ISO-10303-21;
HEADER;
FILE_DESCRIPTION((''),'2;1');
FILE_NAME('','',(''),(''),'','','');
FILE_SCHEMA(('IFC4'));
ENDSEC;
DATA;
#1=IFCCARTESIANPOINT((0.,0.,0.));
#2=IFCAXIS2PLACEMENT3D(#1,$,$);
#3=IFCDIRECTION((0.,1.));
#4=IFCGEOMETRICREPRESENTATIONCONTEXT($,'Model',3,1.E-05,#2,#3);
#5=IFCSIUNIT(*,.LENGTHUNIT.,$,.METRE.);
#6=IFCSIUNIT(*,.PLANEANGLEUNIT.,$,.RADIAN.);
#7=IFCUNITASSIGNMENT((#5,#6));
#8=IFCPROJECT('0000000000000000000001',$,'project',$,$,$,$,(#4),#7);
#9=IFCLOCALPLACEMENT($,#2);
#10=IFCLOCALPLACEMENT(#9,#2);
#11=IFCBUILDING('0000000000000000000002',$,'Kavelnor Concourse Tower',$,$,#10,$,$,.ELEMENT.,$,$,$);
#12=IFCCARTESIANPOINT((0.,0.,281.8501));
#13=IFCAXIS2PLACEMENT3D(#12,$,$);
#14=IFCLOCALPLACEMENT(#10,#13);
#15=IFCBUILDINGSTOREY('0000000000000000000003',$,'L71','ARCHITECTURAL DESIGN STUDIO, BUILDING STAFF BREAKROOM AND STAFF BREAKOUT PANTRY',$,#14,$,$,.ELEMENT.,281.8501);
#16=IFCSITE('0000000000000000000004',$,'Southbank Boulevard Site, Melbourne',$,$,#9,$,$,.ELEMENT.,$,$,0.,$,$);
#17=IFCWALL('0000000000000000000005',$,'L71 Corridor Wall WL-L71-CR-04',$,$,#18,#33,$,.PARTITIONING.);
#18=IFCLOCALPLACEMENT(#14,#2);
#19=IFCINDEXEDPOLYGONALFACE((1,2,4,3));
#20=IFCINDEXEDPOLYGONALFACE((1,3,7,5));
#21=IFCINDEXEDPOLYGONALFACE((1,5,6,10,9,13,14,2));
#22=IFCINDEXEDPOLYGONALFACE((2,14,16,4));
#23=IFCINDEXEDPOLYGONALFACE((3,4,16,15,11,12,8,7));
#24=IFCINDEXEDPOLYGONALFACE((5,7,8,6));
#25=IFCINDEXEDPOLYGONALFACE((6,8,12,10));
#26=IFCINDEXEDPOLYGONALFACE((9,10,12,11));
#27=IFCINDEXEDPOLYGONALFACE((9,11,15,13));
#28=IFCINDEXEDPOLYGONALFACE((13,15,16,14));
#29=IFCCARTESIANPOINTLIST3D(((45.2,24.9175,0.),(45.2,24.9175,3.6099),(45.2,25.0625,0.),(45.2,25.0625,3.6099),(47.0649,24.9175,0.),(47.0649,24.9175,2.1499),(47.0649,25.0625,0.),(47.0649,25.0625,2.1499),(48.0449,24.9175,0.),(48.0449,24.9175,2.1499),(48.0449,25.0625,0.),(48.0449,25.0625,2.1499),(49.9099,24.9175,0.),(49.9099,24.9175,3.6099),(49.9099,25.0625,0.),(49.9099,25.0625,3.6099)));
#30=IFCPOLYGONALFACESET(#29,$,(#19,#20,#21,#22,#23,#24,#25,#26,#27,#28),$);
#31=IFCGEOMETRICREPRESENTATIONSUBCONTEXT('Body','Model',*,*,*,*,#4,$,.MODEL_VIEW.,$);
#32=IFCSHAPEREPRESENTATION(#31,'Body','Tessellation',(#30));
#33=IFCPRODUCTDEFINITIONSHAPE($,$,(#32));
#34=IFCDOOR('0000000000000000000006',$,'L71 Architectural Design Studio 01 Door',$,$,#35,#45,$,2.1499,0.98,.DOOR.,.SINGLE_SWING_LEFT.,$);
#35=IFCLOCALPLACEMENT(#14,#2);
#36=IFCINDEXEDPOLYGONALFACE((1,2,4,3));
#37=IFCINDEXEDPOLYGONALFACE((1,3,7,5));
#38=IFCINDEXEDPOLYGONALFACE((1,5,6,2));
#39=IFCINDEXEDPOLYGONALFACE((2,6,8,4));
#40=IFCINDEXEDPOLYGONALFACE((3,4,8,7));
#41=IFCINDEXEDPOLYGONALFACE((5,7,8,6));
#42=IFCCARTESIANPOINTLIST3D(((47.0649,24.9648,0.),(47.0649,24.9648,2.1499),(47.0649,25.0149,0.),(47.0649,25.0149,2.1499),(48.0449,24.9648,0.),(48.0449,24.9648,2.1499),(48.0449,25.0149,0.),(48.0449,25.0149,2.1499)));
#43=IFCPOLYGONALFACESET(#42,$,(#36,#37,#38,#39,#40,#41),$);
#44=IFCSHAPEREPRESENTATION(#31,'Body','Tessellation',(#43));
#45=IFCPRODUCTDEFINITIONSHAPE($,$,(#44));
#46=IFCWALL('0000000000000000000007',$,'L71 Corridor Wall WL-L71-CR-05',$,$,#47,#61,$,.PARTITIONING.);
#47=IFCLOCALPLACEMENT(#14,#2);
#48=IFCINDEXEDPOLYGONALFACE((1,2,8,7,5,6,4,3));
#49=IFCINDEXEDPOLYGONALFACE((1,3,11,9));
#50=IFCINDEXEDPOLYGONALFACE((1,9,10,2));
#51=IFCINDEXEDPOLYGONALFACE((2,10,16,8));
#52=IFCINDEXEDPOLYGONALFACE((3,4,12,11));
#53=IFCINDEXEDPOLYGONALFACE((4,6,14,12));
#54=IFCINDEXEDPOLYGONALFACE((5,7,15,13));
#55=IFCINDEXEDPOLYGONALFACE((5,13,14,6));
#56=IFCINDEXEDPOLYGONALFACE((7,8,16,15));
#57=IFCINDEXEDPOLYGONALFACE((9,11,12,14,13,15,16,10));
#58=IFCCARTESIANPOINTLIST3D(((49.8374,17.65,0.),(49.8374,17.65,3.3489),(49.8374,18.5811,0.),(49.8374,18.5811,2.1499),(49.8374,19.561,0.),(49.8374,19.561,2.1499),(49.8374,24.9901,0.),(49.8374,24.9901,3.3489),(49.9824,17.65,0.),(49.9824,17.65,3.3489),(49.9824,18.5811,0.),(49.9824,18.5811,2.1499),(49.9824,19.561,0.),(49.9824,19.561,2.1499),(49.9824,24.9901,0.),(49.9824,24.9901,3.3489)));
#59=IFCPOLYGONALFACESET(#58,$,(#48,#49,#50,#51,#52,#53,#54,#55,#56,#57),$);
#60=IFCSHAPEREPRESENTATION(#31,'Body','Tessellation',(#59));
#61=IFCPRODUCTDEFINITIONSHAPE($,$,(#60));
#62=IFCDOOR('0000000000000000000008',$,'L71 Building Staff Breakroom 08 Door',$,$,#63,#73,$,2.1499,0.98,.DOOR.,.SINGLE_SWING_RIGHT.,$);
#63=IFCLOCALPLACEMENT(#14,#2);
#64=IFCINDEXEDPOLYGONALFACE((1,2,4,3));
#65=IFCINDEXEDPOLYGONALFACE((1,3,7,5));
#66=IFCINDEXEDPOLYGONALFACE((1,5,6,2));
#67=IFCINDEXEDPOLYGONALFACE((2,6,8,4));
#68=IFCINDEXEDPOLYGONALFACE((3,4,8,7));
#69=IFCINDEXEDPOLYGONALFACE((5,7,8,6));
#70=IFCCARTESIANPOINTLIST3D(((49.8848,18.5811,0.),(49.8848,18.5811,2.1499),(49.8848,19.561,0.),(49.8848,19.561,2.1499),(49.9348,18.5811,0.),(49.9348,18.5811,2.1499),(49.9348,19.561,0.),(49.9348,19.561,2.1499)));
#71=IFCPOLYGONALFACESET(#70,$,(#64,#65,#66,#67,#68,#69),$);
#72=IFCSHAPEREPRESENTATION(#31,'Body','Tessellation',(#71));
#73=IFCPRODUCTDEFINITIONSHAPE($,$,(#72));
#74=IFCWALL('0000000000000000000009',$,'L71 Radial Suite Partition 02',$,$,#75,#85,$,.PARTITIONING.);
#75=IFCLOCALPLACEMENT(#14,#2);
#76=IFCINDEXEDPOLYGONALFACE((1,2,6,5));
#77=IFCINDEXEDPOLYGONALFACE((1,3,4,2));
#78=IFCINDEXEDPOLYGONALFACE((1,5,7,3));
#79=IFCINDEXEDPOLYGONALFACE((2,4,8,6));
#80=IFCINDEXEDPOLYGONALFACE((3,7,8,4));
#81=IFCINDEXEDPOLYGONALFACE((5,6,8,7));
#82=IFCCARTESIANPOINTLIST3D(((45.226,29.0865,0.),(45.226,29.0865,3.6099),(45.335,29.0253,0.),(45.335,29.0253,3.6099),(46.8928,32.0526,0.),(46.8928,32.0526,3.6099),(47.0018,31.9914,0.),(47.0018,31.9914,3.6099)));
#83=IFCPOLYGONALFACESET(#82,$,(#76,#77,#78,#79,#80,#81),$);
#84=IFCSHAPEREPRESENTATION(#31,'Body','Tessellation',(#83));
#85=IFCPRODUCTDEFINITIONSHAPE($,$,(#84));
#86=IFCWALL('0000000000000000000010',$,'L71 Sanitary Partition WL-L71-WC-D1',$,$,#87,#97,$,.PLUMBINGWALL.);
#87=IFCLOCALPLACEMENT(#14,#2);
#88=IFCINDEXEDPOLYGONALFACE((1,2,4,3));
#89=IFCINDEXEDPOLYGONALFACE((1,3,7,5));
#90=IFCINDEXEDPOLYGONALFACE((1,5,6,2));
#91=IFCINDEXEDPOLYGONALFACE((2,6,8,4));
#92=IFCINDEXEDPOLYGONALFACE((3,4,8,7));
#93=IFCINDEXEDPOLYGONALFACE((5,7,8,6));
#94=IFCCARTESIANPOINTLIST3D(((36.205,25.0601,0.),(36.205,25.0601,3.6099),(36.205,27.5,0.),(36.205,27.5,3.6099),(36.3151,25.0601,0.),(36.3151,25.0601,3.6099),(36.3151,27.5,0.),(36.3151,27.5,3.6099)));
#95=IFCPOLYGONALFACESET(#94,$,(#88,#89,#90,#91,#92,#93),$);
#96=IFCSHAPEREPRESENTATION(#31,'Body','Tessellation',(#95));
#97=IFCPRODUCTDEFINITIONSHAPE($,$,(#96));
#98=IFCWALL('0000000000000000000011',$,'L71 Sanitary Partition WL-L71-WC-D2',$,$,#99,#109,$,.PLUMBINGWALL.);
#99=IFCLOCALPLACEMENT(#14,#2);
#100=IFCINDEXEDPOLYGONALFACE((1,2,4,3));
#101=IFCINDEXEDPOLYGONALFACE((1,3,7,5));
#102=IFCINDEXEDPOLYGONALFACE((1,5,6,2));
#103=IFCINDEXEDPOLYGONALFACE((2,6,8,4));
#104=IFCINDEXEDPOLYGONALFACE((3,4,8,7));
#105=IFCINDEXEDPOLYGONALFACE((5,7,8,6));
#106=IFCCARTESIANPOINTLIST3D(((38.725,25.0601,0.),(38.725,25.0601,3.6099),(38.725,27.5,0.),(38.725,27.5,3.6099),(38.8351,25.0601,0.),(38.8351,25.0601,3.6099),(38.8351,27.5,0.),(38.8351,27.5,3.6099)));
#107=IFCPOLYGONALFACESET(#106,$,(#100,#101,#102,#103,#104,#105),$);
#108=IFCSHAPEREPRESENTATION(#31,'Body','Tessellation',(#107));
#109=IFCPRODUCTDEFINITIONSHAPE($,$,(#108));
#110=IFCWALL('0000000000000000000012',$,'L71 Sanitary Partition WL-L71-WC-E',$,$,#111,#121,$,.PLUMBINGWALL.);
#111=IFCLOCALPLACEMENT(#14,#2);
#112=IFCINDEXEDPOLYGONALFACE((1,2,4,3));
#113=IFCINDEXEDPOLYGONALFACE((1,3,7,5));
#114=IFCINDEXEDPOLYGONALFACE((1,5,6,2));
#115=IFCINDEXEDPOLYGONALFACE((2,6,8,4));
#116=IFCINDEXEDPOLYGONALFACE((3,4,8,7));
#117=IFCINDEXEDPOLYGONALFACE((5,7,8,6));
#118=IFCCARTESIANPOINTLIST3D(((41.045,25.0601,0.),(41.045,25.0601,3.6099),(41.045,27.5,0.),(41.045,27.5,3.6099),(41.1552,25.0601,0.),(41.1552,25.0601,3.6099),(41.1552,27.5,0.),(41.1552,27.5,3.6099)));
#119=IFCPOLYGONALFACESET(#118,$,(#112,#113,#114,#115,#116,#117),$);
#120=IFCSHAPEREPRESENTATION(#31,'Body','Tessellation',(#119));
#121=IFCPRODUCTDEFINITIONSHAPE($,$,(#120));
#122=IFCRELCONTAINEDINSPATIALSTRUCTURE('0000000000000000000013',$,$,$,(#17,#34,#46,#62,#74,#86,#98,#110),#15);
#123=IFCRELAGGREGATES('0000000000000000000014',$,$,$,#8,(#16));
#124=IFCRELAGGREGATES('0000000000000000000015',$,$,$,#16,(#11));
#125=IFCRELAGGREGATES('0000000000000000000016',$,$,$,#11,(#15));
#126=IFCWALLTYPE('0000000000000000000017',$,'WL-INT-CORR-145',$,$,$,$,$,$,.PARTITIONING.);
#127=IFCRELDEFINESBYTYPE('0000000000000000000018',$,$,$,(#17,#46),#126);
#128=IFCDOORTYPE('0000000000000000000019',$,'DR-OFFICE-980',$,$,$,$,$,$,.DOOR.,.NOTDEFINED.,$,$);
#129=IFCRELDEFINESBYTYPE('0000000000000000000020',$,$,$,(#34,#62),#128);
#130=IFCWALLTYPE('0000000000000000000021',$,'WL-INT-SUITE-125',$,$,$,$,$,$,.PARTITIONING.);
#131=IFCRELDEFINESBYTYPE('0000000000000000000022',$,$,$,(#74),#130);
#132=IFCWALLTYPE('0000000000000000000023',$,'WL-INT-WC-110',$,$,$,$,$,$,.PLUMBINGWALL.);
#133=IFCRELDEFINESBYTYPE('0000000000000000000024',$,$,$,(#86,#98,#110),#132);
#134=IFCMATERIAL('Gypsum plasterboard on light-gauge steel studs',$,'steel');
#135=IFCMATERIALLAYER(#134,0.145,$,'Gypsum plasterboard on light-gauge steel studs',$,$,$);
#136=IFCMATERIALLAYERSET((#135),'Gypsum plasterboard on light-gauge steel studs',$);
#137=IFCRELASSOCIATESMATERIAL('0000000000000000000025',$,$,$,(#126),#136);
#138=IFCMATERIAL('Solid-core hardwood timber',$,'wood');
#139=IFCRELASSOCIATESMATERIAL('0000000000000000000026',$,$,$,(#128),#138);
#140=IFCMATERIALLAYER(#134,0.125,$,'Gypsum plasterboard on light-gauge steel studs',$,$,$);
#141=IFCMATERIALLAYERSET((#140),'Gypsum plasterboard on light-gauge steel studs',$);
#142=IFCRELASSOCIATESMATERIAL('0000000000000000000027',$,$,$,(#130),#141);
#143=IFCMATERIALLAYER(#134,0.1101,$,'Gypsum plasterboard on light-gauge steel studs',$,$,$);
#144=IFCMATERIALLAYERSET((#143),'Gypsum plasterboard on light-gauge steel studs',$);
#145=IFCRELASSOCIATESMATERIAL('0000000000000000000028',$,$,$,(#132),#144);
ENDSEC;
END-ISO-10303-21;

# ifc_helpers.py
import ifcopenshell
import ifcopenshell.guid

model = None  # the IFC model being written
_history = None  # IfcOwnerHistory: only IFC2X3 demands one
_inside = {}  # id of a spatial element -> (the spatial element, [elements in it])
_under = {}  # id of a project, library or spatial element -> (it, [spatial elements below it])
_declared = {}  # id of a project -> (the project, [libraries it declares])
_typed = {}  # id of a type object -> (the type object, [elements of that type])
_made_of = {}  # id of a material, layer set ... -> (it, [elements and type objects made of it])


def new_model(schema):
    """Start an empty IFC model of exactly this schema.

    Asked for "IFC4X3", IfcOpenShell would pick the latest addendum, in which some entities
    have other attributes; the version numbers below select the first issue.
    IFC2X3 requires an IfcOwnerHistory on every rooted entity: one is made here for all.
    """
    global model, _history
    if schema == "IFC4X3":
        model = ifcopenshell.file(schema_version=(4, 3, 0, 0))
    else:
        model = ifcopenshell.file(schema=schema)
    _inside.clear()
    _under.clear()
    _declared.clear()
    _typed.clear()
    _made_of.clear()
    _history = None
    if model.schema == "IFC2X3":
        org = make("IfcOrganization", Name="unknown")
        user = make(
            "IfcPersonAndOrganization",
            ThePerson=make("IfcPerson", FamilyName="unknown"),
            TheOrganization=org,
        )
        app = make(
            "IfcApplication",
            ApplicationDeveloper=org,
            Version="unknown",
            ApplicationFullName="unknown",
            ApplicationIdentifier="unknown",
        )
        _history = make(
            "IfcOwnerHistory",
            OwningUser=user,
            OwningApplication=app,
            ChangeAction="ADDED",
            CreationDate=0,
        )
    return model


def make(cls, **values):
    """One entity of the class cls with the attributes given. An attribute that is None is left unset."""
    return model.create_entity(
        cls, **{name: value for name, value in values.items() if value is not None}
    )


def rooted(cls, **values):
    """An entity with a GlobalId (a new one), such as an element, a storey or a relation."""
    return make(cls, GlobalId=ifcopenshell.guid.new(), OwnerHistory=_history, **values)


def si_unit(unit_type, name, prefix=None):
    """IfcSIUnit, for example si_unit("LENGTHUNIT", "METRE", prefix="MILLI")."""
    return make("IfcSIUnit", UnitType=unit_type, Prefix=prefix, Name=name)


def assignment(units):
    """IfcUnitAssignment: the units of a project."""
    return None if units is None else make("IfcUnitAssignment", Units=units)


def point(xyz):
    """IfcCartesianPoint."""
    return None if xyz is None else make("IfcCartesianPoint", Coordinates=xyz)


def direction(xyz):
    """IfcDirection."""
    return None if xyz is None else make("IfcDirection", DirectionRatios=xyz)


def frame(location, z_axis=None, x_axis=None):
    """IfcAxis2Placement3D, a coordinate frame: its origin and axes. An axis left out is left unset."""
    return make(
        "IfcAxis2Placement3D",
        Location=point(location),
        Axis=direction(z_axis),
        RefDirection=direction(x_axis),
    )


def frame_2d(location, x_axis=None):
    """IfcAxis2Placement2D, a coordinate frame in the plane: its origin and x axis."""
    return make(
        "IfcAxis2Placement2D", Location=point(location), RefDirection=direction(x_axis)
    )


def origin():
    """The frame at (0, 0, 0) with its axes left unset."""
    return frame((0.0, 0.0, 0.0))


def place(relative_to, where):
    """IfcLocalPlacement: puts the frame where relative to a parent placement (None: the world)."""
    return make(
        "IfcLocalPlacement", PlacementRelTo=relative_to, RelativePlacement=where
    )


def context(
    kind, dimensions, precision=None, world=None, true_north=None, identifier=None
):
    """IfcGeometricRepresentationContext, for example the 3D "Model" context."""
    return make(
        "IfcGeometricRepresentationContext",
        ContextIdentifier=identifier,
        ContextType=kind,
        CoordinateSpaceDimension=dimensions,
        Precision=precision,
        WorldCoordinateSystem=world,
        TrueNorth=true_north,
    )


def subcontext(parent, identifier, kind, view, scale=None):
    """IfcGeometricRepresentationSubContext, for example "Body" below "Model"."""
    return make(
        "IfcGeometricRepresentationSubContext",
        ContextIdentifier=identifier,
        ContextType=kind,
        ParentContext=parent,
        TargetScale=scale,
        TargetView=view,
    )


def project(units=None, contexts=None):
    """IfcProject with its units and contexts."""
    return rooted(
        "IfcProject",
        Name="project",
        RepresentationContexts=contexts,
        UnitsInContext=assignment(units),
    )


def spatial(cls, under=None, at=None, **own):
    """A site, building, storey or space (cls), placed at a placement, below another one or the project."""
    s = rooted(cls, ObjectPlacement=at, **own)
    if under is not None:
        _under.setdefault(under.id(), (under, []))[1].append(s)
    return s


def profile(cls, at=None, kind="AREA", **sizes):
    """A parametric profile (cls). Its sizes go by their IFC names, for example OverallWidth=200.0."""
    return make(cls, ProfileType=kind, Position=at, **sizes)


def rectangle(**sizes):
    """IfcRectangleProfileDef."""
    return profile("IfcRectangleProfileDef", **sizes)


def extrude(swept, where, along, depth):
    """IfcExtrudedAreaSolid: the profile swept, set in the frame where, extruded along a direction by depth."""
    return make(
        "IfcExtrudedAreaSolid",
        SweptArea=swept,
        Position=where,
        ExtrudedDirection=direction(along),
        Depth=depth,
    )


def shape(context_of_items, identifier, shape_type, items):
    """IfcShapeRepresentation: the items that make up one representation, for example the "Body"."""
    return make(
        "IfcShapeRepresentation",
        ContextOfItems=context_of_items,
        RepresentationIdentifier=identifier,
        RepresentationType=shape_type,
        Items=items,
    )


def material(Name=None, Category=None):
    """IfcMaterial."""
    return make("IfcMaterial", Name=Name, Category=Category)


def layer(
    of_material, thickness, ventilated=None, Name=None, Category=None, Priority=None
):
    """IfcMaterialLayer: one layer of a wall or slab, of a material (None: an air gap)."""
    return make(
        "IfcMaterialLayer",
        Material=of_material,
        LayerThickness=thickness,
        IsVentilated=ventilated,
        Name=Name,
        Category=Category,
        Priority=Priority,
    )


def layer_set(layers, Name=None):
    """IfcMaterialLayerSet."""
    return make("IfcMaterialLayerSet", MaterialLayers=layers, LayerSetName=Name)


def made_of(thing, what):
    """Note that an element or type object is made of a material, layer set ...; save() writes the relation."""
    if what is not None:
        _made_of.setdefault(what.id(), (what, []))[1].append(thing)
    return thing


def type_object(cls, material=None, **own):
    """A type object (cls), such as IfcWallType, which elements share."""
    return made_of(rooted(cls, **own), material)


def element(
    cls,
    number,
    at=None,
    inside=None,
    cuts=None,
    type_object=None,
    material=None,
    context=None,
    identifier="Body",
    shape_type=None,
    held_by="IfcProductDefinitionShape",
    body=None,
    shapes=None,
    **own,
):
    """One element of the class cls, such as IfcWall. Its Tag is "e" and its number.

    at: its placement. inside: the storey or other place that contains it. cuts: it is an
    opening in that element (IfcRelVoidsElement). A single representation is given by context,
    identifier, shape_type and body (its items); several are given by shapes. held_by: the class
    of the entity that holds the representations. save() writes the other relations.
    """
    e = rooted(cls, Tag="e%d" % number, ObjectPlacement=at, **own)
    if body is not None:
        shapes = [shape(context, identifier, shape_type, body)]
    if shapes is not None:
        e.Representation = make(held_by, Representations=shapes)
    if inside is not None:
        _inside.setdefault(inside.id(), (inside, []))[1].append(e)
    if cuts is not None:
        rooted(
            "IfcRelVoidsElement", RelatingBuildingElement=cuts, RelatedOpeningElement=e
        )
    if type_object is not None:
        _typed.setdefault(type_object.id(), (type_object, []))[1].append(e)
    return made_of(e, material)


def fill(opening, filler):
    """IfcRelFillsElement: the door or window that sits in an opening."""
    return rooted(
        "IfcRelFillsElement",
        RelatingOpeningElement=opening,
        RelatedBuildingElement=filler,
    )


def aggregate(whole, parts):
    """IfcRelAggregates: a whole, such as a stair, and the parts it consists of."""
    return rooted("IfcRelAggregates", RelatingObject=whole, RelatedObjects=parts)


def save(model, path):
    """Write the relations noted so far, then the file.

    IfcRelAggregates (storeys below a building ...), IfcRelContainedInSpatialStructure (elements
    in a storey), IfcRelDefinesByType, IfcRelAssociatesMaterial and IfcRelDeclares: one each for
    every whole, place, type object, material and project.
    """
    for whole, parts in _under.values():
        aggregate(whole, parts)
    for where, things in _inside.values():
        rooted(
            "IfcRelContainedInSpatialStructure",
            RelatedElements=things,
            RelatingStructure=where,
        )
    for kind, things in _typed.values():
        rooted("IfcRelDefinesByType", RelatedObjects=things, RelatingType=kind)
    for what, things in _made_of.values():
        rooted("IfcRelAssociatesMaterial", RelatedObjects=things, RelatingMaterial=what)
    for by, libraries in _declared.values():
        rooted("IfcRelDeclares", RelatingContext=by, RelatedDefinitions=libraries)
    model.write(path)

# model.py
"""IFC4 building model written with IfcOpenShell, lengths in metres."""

from ifc_helpers import new_model, si_unit, direction, frame, frame_2d, origin, place, context, subcontext, project, spatial, rectangle, extrude, material, layer, layer_set, type_object, element, fill, save


model = new_model("IFC4")

# Units and contexts
model_context = context("Model", 3, precision=1e-05, world=origin(), true_north=direction((0.0, 1.0)))
body_context = subcontext(model_context, "Body", "Model", "MODEL_VIEW")
ifc_project = project(units=[si_unit("LENGTHUNIT", "METRE"), si_unit("PLANEANGLEUNIT", "RADIAN")], contexts=[model_context])

# Site, building, storey
site_placement = place(None, origin())
site = spatial("IfcSite", under=ifc_project, at=site_placement, Name="Southbank Boulevard Site, Melbourne", CompositionType="ELEMENT", RefElevation=0.0)
building_placement = place(site_placement, origin())
building = spatial("IfcBuilding", under=site, at=building_placement, Name="Kavelnor Concourse Tower", CompositionType="ELEMENT")
storey_placement = place(building_placement, frame((0.0, 0.0, 281.8501)))
storey = spatial("IfcBuildingStorey", under=building, at=storey_placement, Name="L71", Description="ARCHITECTURAL DESIGN STUDIO, BUILDING STAFF BREAKROOM AND STAFF BREAKOUT PANTRY", CompositionType="ELEMENT", Elevation=281.8501)

# Walls, openings, doors
ifc_material_1 = material(Name="Gypsum plasterboard on light-gauge steel studs", Category="steel")
ifc_layer_1 = layer(ifc_material_1, 0.145, Name="Gypsum plasterboard on light-gauge steel studs")
ifc_layer_set_1 = layer_set([ifc_layer_1], Name="Gypsum plasterboard on light-gauge steel studs")
wall_type_1 = type_object("IfcWallType", Name="WL-INT-CORR-145", PredefinedType="PARTITIONING", material=ifc_layer_set_1)
wall_1_placement = place(storey_placement, frame((45.2, 24.99, 0.0), z_axis=(0.0, 0.0, 1.0), x_axis=(1.0, 0.0, 0.0)))
wall_1 = element("IfcWall", 1, at=wall_1_placement, inside=storey, type_object=wall_type_1, Name="L71 Corridor Wall WL-L71-CR-04", PredefinedType="PARTITIONING", context=body_context, shape_type="SweptSolid", body=[
    extrude(rectangle(XDim=4.71, YDim=0.145, at=frame_2d((2.355, 0.0))), origin(), (0.0, 0.0, 1.0), 3.6099),
])
opening_1_placement = place(wall_1_placement, frame((1.865, 0.0, 0.0)))
opening_1 = element("IfcOpeningElement", 2, at=opening_1_placement, cuts=wall_1, PredefinedType="OPENING", context=body_context, shape_type="SweptSolid", body=[
    extrude(rectangle(XDim=0.98, YDim=2.1499, at=frame_2d((0.49, 1.075))), frame((0.0, 0.0825, 0.0), z_axis=(0.0, -1.0, 0.0), x_axis=(1.0, 0.0, 0.0)), (0.0, 0.0, 1.0), 0.165),
])
ifc_material_2 = material(Name="Solid-core hardwood timber", Category="wood")
door_type = type_object("IfcDoorType", Name="DR-OFFICE-980", OperationType="NOTDEFINED", PredefinedType="DOOR", material=ifc_material_2)
door_1_placement = place(opening_1_placement, origin())
door_1 = element("IfcDoor", 3, at=door_1_placement, inside=storey, type_object=door_type, Name="L71 Architectural Design Studio 01 Door", OperationType="SINGLE_SWING_LEFT", OverallHeight=2.1499, OverallWidth=0.98, PredefinedType="DOOR", context=body_context, shape_type="SweptSolid", body=[
    extrude(rectangle(XDim=0.98, YDim=2.1499, at=frame_2d((0.49, 1.075))), frame((0.0, 0.0249, 0.0), z_axis=(0.0, -1.0, 0.0), x_axis=(1.0, 0.0, 0.0)), (0.0, 0.0, 1.0), 0.05),
])
fill(opening_1, door_1)
wall_2_placement = place(storey_placement, frame((49.9099, 24.99, 0.0), z_axis=(0.0, 0.0, 1.0), x_axis=(0.0, -1.0, 0.0)))
wall_2 = element("IfcWall", 4, at=wall_2_placement, inside=storey, type_object=wall_type_1, Name="L71 Corridor Wall WL-L71-CR-05", PredefinedType="PARTITIONING", context=body_context, shape_type="SweptSolid", body=[
    extrude(rectangle(XDim=7.3401, YDim=0.145, at=frame_2d((3.6699, 0.0))), origin(), (0.0, 0.0, 1.0), 3.3489),
])
opening_2_placement = place(wall_2_placement, frame((5.429, 0.0, 0.0)))
opening_2 = element("IfcOpeningElement", 5, at=opening_2_placement, cuts=wall_2, PredefinedType="OPENING", context=body_context, shape_type="SweptSolid", body=[
    extrude(rectangle(XDim=0.98, YDim=2.1499, at=frame_2d((0.49, 1.075))), frame((0.0, 0.0825, 0.0), z_axis=(0.0, -1.0, 0.0), x_axis=(1.0, 0.0, 0.0)), (0.0, 0.0, 1.0), 0.165),
])
door_2_placement = place(opening_2_placement, origin())
door_2 = element("IfcDoor", 6, at=door_2_placement, inside=storey, type_object=door_type, Name="L71 Building Staff Breakroom 08 Door", OperationType="SINGLE_SWING_RIGHT", OverallHeight=2.1499, OverallWidth=0.98, PredefinedType="DOOR", context=body_context, shape_type="SweptSolid", body=[
    extrude(rectangle(XDim=0.98, YDim=2.1499, at=frame_2d((0.49, 1.075))), frame((0.0, 0.0249, 0.0), z_axis=(0.0, -1.0, 0.0), x_axis=(1.0, 0.0, 0.0)), (0.0, 0.0, 1.0), 0.05),
])
fill(opening_2, door_2)

# Walls
ifc_layer_2 = layer(ifc_material_1, 0.125, Name="Gypsum plasterboard on light-gauge steel studs")
ifc_layer_set_2 = layer_set([ifc_layer_2], Name="Gypsum plasterboard on light-gauge steel studs")
wall_type_2 = type_object("IfcWallType", Name="WL-INT-SUITE-125", PredefinedType="PARTITIONING", material=ifc_layer_set_2)
wall_3_placement = place(storey_placement, frame((45.2805, 29.0559, 0.0), z_axis=(0.0, 0.0, 1.0), x_axis=(0.48989, 0.871784, 0.0)))
element("IfcWall", 7, at=wall_3_placement, inside=storey, type_object=wall_type_2, Name="L71 Radial Suite Partition 02", PredefinedType="PARTITIONING", context=body_context, shape_type="SweptSolid", body=[
    extrude(rectangle(XDim=3.4023, YDim=0.125, at=frame_2d((1.7012, 0.0))), origin(), (0.0, 0.0, 1.0), 3.6099),
])
ifc_layer_3 = layer(ifc_material_1, 0.1101, Name="Gypsum plasterboard on light-gauge steel studs")
ifc_layer_set_3 = layer_set([ifc_layer_3], Name="Gypsum plasterboard on light-gauge steel studs")
wall_type_3 = type_object("IfcWallType", Name="WL-INT-WC-110", PredefinedType="PLUMBINGWALL", material=ifc_layer_set_3)
for number, where, z_axis, x_axis, name in (
    (8, (36.26, 25.0601, 0.0), (0.0, 0.0, 1.0), (0.0, 1.0, 0.0), "L71 Sanitary Partition WL-L71-WC-D1"),
    (9, (38.78, 25.0601, 0.0), (0.0, 0.0, 1.0), (0.0, 1.0, 0.0), "L71 Sanitary Partition WL-L71-WC-D2"),
    (10, (41.1001, 25.0601, 0.0), (0.0, 0.0, 1.0), (0.0, 1.0, 0.0), "L71 Sanitary Partition WL-L71-WC-E"),
):
    element("IfcWall", number, at=place(storey_placement, frame(where, z_axis=z_axis, x_axis=x_axis)), inside=storey, type_object=wall_type_3, Name=name, PredefinedType="PLUMBINGWALL", context=body_context, shape_type="SweptSolid", body=[
        extrude(rectangle(XDim=2.4399, YDim=0.1101, at=frame_2d((1.22, 0.0))), origin(), (0.0, 0.0, 1.0), 3.6099),
    ])

save(model, "model.ifc")
